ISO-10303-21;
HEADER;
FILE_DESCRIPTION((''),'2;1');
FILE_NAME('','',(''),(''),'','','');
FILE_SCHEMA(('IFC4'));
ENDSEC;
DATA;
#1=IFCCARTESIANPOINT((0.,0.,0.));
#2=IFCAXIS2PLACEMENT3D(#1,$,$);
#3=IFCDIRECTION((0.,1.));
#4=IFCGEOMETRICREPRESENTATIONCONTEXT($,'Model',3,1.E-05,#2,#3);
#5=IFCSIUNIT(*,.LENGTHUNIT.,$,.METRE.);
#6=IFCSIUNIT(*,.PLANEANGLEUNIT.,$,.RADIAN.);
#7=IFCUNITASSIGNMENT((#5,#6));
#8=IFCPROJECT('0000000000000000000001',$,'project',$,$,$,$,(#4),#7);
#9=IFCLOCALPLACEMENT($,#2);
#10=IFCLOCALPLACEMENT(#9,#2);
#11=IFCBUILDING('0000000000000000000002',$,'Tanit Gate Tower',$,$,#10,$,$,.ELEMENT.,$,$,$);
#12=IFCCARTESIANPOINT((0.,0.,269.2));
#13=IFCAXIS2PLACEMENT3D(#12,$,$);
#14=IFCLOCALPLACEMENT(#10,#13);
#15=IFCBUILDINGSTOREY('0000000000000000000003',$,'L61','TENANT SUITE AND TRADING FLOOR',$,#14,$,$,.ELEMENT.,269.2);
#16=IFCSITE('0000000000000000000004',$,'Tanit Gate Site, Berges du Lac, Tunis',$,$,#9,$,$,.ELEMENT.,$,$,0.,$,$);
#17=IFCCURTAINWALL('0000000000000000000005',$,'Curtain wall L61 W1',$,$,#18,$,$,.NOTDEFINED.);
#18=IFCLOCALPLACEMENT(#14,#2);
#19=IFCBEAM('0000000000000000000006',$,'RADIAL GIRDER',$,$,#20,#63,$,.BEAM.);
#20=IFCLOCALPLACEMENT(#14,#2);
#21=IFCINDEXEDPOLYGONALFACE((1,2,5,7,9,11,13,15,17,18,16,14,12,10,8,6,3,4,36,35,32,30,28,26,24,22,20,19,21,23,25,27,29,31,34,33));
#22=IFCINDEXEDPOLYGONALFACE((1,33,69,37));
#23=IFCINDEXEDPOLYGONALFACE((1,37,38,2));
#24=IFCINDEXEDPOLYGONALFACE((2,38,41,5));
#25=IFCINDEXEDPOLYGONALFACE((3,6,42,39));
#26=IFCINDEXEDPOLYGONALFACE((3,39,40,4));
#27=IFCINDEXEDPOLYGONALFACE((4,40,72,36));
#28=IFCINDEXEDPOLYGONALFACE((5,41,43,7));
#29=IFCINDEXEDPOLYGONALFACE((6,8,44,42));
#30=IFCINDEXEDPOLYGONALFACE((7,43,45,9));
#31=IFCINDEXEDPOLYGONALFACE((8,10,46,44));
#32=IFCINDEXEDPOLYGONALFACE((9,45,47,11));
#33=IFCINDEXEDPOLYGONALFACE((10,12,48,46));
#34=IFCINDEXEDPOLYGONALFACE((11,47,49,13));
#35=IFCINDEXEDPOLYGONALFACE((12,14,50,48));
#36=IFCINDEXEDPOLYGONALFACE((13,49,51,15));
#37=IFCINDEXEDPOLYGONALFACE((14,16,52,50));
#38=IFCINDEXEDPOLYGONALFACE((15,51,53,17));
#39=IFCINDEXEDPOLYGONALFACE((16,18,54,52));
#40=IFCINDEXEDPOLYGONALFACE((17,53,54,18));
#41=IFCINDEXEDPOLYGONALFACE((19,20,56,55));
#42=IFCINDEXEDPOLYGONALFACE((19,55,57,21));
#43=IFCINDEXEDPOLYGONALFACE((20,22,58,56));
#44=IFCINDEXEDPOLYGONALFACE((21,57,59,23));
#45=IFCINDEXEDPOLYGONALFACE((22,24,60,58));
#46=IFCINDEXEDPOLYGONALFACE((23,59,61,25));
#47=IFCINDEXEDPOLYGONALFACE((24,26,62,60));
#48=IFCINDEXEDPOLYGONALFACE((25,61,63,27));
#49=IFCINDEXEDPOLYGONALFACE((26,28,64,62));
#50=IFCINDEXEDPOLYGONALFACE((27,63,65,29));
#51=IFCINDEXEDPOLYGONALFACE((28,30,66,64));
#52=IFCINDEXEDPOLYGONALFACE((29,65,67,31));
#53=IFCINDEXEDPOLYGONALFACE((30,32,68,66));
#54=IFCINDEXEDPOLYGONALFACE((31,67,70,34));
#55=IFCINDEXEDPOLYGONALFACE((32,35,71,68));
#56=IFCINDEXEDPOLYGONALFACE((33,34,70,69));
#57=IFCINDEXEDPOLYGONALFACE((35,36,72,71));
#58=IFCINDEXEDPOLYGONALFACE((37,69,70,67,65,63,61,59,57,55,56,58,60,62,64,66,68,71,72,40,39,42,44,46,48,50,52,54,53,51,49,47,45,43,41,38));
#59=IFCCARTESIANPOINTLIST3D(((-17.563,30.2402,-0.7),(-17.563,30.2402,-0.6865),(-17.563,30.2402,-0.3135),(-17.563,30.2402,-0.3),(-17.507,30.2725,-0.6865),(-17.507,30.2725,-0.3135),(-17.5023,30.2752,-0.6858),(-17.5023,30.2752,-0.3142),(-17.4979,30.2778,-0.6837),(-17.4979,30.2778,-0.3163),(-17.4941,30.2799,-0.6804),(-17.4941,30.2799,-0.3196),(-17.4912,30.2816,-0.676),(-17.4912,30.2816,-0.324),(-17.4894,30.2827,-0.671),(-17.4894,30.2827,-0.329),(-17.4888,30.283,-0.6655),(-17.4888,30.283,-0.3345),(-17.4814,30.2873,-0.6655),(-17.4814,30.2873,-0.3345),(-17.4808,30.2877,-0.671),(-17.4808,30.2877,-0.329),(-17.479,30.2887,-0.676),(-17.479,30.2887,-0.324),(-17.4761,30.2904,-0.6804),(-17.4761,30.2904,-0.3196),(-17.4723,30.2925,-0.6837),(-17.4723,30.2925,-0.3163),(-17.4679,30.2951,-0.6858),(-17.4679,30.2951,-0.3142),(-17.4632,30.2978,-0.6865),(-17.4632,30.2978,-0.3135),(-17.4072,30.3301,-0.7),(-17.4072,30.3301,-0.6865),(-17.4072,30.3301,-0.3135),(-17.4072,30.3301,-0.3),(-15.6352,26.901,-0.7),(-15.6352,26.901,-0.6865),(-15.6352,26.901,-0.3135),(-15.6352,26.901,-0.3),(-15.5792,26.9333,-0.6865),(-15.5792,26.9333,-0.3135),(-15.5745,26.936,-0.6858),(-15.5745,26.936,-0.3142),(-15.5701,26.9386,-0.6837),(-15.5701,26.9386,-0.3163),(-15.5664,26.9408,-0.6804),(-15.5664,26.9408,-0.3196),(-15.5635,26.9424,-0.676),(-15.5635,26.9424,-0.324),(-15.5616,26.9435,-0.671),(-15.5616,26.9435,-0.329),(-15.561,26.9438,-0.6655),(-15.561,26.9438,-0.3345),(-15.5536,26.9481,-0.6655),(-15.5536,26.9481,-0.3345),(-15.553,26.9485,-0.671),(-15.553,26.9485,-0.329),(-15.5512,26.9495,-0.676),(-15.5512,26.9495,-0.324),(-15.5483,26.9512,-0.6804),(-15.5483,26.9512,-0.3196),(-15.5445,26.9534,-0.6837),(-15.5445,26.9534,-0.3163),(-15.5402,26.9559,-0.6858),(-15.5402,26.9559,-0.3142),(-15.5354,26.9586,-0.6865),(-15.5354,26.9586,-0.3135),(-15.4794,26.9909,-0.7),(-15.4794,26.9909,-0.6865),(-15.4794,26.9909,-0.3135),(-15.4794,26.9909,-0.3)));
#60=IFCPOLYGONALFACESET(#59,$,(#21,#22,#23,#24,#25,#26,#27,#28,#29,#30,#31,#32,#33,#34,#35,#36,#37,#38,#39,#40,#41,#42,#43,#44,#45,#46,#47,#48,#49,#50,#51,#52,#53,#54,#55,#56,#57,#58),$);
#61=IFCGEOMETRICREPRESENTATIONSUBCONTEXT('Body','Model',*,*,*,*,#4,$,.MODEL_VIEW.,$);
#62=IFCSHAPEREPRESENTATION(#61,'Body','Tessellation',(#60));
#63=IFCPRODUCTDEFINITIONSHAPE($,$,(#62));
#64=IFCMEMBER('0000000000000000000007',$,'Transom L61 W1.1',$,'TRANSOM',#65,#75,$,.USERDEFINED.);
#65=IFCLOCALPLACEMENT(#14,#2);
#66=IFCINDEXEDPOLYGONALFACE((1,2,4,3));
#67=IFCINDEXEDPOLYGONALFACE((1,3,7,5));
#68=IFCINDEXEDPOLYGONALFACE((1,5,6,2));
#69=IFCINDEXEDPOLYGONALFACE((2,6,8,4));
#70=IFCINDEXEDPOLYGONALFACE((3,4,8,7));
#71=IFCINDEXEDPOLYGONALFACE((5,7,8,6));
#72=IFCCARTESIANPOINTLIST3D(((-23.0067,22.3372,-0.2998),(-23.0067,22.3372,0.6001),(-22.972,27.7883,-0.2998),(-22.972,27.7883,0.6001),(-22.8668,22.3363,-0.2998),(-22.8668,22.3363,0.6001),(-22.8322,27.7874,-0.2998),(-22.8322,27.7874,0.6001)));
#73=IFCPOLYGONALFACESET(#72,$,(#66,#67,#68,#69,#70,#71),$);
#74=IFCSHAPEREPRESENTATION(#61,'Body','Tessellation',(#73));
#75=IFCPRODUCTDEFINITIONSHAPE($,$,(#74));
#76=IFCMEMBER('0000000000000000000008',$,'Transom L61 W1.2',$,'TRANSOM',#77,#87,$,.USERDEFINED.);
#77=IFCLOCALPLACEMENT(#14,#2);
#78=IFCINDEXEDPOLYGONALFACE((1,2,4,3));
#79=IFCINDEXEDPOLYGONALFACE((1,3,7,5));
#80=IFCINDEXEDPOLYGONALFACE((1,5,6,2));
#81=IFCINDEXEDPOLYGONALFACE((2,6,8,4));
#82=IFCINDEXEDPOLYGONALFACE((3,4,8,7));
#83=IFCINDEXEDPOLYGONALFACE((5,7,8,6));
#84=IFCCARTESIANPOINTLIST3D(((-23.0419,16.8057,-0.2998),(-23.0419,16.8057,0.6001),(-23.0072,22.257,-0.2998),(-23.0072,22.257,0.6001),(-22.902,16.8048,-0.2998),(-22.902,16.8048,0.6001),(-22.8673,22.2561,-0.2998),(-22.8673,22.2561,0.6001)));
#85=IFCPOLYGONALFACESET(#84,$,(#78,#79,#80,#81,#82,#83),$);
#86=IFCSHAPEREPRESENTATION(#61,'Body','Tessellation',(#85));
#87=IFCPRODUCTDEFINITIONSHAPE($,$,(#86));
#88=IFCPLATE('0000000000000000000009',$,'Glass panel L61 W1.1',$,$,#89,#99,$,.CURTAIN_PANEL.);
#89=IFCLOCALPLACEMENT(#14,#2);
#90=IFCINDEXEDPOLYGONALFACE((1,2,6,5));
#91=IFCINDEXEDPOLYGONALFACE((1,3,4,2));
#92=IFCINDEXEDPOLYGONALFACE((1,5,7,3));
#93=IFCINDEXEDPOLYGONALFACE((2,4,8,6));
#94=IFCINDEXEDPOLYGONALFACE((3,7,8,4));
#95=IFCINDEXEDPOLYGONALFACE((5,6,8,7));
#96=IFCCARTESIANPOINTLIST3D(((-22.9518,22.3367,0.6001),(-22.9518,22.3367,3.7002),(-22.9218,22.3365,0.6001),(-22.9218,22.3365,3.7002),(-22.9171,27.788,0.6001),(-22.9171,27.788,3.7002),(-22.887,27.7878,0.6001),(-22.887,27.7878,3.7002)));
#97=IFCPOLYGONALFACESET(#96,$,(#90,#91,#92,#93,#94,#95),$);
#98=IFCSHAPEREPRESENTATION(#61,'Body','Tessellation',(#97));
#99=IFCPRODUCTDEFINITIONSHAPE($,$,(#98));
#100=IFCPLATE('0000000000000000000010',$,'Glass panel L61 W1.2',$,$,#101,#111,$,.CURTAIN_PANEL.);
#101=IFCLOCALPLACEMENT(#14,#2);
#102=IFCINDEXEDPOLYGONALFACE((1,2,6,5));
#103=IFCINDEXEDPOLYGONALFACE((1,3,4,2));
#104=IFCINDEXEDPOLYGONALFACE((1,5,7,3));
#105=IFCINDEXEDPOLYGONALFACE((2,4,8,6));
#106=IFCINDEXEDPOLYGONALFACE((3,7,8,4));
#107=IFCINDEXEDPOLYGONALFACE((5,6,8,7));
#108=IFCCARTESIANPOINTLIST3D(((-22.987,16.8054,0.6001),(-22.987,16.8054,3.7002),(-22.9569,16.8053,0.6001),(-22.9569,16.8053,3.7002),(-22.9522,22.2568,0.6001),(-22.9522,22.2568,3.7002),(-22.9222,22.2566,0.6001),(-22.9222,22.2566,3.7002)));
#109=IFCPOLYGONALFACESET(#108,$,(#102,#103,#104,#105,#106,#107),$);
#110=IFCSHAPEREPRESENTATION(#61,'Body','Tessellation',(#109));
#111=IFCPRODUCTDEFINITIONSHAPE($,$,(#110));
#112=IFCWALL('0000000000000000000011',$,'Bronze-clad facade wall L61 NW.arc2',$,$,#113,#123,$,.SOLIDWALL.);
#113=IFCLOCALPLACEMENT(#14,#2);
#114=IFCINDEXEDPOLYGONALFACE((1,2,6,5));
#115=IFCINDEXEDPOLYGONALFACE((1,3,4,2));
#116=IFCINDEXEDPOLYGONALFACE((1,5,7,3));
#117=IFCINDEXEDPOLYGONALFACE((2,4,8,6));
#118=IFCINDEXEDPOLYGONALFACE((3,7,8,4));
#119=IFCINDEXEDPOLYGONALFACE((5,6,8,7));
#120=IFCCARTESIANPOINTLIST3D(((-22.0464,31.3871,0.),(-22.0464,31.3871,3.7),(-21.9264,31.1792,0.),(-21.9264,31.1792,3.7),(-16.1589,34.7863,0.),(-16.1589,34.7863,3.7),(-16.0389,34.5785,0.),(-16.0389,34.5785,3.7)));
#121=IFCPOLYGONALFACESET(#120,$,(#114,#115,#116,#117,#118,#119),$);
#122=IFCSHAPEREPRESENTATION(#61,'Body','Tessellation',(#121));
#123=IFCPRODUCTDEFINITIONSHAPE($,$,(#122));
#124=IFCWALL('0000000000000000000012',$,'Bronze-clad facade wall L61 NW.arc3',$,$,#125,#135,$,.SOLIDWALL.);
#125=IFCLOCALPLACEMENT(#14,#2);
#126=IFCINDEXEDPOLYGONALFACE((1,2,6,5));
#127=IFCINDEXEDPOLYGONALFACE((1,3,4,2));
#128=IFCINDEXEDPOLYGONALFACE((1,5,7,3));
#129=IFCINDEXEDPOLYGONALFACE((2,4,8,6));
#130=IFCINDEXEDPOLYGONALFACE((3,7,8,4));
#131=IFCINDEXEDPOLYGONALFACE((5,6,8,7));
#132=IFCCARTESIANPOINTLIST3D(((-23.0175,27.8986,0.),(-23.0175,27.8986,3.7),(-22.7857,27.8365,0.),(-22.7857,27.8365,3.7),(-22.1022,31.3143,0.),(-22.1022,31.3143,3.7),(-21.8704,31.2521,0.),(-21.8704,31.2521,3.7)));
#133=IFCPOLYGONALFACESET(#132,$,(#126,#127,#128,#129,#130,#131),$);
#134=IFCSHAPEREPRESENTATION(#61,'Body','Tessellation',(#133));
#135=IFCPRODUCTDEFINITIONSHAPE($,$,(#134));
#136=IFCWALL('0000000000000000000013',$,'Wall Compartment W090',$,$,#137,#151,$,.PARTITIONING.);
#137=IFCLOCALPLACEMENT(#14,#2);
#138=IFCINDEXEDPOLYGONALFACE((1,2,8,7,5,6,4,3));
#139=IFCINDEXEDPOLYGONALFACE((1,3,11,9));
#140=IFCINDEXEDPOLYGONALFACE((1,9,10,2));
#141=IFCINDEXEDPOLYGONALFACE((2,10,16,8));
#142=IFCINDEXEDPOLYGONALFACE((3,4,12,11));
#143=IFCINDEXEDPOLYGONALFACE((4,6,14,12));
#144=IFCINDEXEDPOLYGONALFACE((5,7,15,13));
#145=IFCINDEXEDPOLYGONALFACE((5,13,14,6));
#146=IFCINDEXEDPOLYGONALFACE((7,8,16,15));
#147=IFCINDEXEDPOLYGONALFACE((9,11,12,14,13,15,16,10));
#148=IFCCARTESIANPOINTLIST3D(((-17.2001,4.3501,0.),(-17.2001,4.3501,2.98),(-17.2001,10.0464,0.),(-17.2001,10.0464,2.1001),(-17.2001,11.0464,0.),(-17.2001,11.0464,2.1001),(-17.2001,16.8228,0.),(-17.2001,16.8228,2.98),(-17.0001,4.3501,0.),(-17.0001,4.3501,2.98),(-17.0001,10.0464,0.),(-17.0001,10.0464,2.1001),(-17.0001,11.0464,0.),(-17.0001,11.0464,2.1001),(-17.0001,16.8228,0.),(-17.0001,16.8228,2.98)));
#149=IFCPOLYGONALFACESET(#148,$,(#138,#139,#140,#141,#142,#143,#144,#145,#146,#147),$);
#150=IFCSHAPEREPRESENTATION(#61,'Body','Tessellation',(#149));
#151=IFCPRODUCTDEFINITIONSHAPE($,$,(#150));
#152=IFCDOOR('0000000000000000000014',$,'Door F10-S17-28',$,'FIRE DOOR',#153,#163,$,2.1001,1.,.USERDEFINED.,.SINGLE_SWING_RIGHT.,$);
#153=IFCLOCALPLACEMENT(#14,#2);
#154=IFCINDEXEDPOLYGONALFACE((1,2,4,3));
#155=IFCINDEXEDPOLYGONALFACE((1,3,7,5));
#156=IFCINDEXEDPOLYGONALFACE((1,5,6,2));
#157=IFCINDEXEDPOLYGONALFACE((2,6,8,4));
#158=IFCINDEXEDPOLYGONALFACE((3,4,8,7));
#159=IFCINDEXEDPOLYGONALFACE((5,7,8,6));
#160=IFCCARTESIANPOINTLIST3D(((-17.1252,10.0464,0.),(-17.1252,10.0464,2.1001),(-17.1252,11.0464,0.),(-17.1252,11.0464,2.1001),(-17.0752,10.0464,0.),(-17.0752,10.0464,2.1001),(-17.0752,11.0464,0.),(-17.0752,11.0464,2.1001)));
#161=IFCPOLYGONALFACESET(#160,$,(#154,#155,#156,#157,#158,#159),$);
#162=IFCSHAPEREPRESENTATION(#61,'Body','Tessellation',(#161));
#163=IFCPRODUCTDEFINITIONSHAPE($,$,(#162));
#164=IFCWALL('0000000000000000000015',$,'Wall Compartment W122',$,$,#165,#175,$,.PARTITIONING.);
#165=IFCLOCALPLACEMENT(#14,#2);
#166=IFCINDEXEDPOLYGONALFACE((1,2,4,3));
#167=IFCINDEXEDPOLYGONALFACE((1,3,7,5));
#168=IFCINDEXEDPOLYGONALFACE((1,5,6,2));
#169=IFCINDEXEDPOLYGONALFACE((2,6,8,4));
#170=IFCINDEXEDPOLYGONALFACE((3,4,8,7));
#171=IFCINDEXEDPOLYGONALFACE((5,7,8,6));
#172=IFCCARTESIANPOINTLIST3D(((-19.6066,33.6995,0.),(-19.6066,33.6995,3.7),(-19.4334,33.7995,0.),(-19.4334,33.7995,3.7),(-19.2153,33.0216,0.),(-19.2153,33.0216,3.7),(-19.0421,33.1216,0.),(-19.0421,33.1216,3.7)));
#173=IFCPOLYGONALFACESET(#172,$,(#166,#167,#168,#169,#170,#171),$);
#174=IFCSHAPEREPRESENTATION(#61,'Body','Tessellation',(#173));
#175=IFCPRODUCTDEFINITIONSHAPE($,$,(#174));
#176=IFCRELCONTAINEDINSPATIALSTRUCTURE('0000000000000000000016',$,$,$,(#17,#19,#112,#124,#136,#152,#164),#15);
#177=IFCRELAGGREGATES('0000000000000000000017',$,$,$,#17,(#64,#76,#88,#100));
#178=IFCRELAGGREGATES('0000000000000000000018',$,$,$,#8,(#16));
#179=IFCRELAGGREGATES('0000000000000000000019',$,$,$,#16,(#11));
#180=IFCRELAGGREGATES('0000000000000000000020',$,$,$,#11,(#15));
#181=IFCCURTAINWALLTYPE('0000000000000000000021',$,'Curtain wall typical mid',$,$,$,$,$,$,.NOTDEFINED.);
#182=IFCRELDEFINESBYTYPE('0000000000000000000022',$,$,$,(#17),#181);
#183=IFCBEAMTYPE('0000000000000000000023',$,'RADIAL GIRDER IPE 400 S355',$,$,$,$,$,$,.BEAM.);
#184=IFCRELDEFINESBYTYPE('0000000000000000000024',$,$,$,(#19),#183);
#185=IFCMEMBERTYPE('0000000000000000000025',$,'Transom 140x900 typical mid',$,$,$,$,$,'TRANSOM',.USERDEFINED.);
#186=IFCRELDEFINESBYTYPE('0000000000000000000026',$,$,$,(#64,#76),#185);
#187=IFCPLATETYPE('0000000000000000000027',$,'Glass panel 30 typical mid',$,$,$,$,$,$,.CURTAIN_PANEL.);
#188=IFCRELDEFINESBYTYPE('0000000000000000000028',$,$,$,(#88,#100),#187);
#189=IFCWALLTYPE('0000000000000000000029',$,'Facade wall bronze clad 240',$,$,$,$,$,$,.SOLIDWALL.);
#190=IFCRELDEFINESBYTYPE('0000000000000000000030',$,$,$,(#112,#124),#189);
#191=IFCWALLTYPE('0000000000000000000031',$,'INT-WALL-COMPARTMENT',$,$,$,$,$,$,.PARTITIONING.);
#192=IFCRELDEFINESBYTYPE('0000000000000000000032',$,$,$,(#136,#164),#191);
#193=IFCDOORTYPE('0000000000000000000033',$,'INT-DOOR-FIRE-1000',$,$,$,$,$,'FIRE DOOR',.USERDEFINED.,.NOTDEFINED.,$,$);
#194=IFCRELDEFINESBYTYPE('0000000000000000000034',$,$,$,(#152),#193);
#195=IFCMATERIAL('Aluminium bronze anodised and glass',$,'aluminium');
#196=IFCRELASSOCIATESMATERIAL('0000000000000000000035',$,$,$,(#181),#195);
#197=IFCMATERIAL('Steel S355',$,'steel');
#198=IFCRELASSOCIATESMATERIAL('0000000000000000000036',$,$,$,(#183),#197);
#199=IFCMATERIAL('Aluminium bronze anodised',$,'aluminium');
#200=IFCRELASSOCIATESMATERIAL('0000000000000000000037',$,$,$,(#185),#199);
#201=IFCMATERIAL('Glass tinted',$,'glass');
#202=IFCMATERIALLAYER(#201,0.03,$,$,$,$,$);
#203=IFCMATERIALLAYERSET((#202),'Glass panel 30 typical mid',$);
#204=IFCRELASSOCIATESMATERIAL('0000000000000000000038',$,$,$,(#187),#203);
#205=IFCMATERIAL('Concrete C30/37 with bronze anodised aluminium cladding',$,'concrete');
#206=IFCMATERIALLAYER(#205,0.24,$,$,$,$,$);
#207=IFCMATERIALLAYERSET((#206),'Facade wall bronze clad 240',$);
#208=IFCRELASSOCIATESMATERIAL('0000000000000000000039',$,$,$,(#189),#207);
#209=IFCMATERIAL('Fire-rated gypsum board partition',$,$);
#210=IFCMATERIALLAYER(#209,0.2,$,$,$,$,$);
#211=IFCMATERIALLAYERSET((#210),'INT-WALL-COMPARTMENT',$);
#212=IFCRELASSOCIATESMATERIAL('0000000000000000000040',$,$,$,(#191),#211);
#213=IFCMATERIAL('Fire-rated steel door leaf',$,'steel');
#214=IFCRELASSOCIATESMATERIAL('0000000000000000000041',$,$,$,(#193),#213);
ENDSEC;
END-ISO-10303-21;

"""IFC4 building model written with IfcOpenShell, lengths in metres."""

from ifc_helpers import new_model, si_unit, direction, frame, frame_2d, origin, origin_2d, place, context, subcontext, project, spatial, rectangle, i_section, extrude, material, layer, layer_set, material_profile, profile_set, type_object, element, fill, aggregate, save


model = new_model("IFC4")

# Units and contexts
model_context = context("Model", 3, precision=1e-05, world=origin(), true_north=direction((0.0, 1.0)))
body_context = subcontext(model_context, "Body", "Model", "MODEL_VIEW")
ifc_project = project(units=[si_unit("LENGTHUNIT", "METRE"), si_unit("PLANEANGLEUNIT", "RADIAN")], contexts=[model_context])

# Site, building, storey
site_placement = place(None, origin())
site = spatial("IfcSite", under=ifc_project, at=site_placement, Name="Tanit Gate Site, Berges du Lac, Tunis", CompositionType="ELEMENT", RefElevation=0.0)
building_placement = place(site_placement, origin())
building = spatial("IfcBuilding", under=site, at=building_placement, Name="Tanit Gate Tower", CompositionType="ELEMENT")
storey_placement = place(building_placement, frame((0.0, 0.0, 269.2)))
storey = spatial("IfcBuildingStorey", under=building, at=storey_placement, Name="L61", Description="TENANT SUITE AND TRADING FLOOR", CompositionType="ELEMENT", Elevation=269.2)

# Curtain wall
ifc_material_1 = material(Name="Aluminium bronze anodised and glass", Category="aluminium")
curtain_wall_type = type_object("IfcCurtainWallType", Name="Curtain wall typical mid", PredefinedType="NOTDEFINED", material=ifc_material_1)
curtain_wall_placement = place(storey_placement, origin())
curtain_wall = element("IfcCurtainWall", 1, at=curtain_wall_placement, inside=storey, type_object=curtain_wall_type, Name="Curtain wall L61 W1", PredefinedType="NOTDEFINED")

# Beam
ifc_material_2 = material(Name="Steel S355", Category="steel")
ifc_material_profile_1 = material_profile(ifc_material_2, i_section(OverallWidth=0.1799, OverallDepth=0.3999, WebThickness=0.0085, FlangeThickness=0.0134, FilletRadius=0.021, at=origin_2d()), Name="IPE 400")
ifc_profile_set_1 = profile_set([ifc_material_profile_1], Name="Steel S355")
beam_type_1 = type_object("IfcBeamType", Name="RADIAL GIRDER IPE 400 S355", PredefinedType="BEAM", material=ifc_profile_set_1)
beam_1_placement = place(storey_placement, frame((-17.4851, 30.2852, -0.5), z_axis=(0.49998, -0.866037, 0.0), x_axis=(0.866037, 0.49998, 0.0)))
element("IfcBeam", 2, at=beam_1_placement, inside=storey, type_object=beam_type_1, Name="RADIAL GIRDER", PredefinedType="BEAM", context=body_context, shape_type="SweptSolid", body=[
    extrude(i_section(OverallWidth=0.1799, OverallDepth=0.3999, WebThickness=0.0085, FlangeThickness=0.0134, FilletRadius=0.021, at=origin_2d()), origin(), (0.0, 0.0, 1.0), 3.8557),
])

# Members
ifc_material_3 = material(Name="Aluminium bronze anodised", Category="aluminium")
ifc_material_profile_2 = material_profile(ifc_material_3, rectangle(XDim=0.1399, YDim=0.8999, at=origin_2d()), Name="140x900 bronze transom")
ifc_profile_set_2 = profile_set([ifc_material_profile_2], Name="Aluminium bronze anodised")
member_type_1 = type_object("IfcMemberType", Name="Transom 140x900 typical mid", ElementType="TRANSOM", PredefinedType="USERDEFINED", material=ifc_profile_set_2)
member_1_placement = place(storey_placement, frame((-22.9021, 27.7878, 0.1501), z_axis=(-0.00636, -0.99998, 0.0), x_axis=(0.99998, -0.00636, 0.0)))
member_1 = element("IfcMember", 3, at=member_1_placement, type_object=member_type_1, Name="Transom L61 W1.1", ObjectType="TRANSOM", PredefinedType="USERDEFINED", context=body_context, shape_type="SweptSolid", body=[
    extrude(rectangle(XDim=0.1399, YDim=0.8999, at=origin_2d()), origin(), (0.0, 0.0, 1.0), 5.4512),
])
member_2_placement = place(storey_placement, frame((-22.9373, 22.2566, 0.1501), z_axis=(-0.006359, -0.99998, 0.0), x_axis=(0.99998, -0.006359, 0.0)))
member_2 = element("IfcMember", 4, at=member_2_placement, type_object=member_type_1, Name="Transom L61 W1.2", ObjectType="TRANSOM", PredefinedType="USERDEFINED", context=body_context, shape_type="SweptSolid", body=[
    extrude(rectangle(XDim=0.1399, YDim=0.8999, at=origin_2d()), origin(), (0.0, 0.0, 1.0), 5.4514),
])

# Plates
ifc_material_4 = material(Name="Glass tinted", Category="glass")
ifc_layer_1 = layer(ifc_material_4, 0.03)
ifc_layer_set_1 = layer_set([ifc_layer_1], Name="Glass panel 30 typical mid")
plate_type = type_object("IfcPlateType", Name="Glass panel 30 typical mid", PredefinedType="CURTAIN_PANEL", material=ifc_layer_set_1)
plate_1_placement = place(storey_placement, frame((-22.9194, 25.0623, 0.6001), z_axis=(0.0, 0.0, 1.0), x_axis=(-0.006374, -0.99998, 0.0)))
plate_1 = element("IfcPlate", 5, at=plate_1_placement, type_object=plate_type, Name="Glass panel L61 W1.1", PredefinedType="CURTAIN_PANEL", context=body_context, shape_type="SweptSolid", body=[
    extrude(rectangle(XDim=5.4514, YDim=0.03, at=origin_2d()), origin(), (0.0, 0.0, 1.0), 3.1001),
])
plate_2_placement = place(storey_placement, frame((-22.9546, 19.531, 0.6001), z_axis=(0.0, 0.0, 1.0), x_axis=(-0.006374, -0.99998, 0.0)))
plate_2 = element("IfcPlate", 6, at=plate_2_placement, type_object=plate_type, Name="Glass panel L61 W1.2", PredefinedType="CURTAIN_PANEL", context=body_context, shape_type="SweptSolid", body=[
    extrude(rectangle(XDim=5.4514, YDim=0.03, at=origin_2d()), origin(), (0.0, 0.0, 1.0), 3.1001),
])
aggregate(curtain_wall, [member_1, member_2, plate_1, plate_2])

# Walls
ifc_material_5 = material(Name="Concrete C30/37 with bronze anodised aluminium cladding", Category="concrete")
ifc_layer_2 = layer(ifc_material_5, 0.24)
ifc_layer_set_2 = layer_set([ifc_layer_2], Name="Facade wall bronze clad 240")
wall_type_1 = type_object("IfcWallType", Name="Facade wall bronze clad 240", PredefinedType="SOLIDWALL", material=ifc_layer_set_2)
wall_1_placement = place(storey_placement, frame((-16.0989, 34.6824, 0.0), z_axis=(0.0, 0.0, 1.0), x_axis=(-0.866022, -0.500005, 0.0)))
element("IfcWall", 7, at=wall_1_placement, inside=storey, type_object=wall_type_1, Name="Bronze-clad facade wall L61 NW.arc2", PredefinedType="SOLIDWALL", context=body_context, shape_type="SweptSolid", body=[
    extrude(rectangle(XDim=6.7983, YDim=0.24, at=frame_2d((3.3992, 0.0))), origin(), (0.0, 0.0, 1.0), 3.7),
])
wall_2_placement = place(storey_placement, frame((-21.9863, 31.2832, 0.0), z_axis=(0.0, 0.0, 1.0), x_axis=(-0.258844, -0.965919, 0.0)))
element("IfcWall", 8, at=wall_2_placement, inside=storey, type_object=wall_type_1, Name="Bronze-clad facade wall L61 NW.arc3", PredefinedType="SOLIDWALL", context=body_context, shape_type="SweptSolid", body=[
    extrude(rectangle(XDim=3.5361, YDim=0.24, at=frame_2d((1.7681, 0.0))), origin(), (0.0, 0.0, 1.0), 3.7),
])

# Wall, opening, door
ifc_material_6 = material(Name="Fire-rated gypsum board partition")
ifc_layer_3 = layer(ifc_material_6, 0.2)
ifc_layer_set_3 = layer_set([ifc_layer_3], Name="INT-WALL-COMPARTMENT")
wall_type_2 = type_object("IfcWallType", Name="INT-WALL-COMPARTMENT", PredefinedType="PARTITIONING", material=ifc_layer_set_3)
wall_3_placement = place(storey_placement, frame((-17.1001, 16.8228, 0.0), z_axis=(0.0, 0.0, 1.0), x_axis=(0.0, -1.0, 0.0)))
wall_3 = element("IfcWall", 9, at=wall_3_placement, inside=storey, type_object=wall_type_2, Name="Wall Compartment W090", PredefinedType="PARTITIONING", context=body_context, shape_type="SweptSolid", body=[
    extrude(rectangle(XDim=12.4727, YDim=0.2, at=frame_2d((6.2363, 0.0))), origin(), (0.0, 0.0, 1.0), 2.98),
])
opening_placement = place(wall_3_placement, frame((5.7764, 0.0, 0.0)))
opening = element("IfcOpeningElement", 10, at=opening_placement, cuts=wall_3, PredefinedType="OPENING", context=body_context, shape_type="SweptSolid", body=[
    extrude(rectangle(XDim=1.0, YDim=2.1001, at=frame_2d((0.5, 1.05))), frame((0.0, 0.1099, 0.0), z_axis=(0.0, -1.0, 0.0), x_axis=(1.0, 0.0, 0.0)), (0.0, 0.0, 1.0), 0.22),
])
ifc_material_7 = material(Name="Fire-rated steel door leaf", Category="steel")
door_type = type_object("IfcDoorType", Name="INT-DOOR-FIRE-1000", ElementType="FIRE DOOR", OperationType="NOTDEFINED", PredefinedType="USERDEFINED", material=ifc_material_7)
door_placement = place(opening_placement, origin())
door = element("IfcDoor", 11, at=door_placement, inside=storey, type_object=door_type, Name="Door F10-S17-28", ObjectType="FIRE DOOR", OperationType="SINGLE_SWING_RIGHT", OverallHeight=2.1001, OverallWidth=1.0, PredefinedType="USERDEFINED", context=body_context, shape_type="SweptSolid", body=[
    extrude(rectangle(XDim=1.0, YDim=2.1001, at=frame_2d((0.5, 1.05))), frame((0.0, 0.0249, 0.0), z_axis=(0.0, -1.0, 0.0), x_axis=(1.0, 0.0, 0.0)), (0.0, 0.0, 1.0), 0.05),
])
fill(opening, door)

# Wall
wall_4_placement = place(storey_placement, frame((-19.52, 33.7495, 0.0), z_axis=(0.0, 0.0, 1.0), x_axis=(0.499929, -0.866066, 0.0)))
element("IfcWall", 12, at=wall_4_placement, inside=storey, type_object=wall_type_2, Name="Wall Compartment W122", PredefinedType="PARTITIONING", context=body_context, shape_type="SweptSolid", body=[
    extrude(rectangle(XDim=0.7827, YDim=0.2, at=frame_2d((0.3914, 0.0))), origin(), (0.0, 0.0, 1.0), 3.7),
])

save(model, "model.ifc")
